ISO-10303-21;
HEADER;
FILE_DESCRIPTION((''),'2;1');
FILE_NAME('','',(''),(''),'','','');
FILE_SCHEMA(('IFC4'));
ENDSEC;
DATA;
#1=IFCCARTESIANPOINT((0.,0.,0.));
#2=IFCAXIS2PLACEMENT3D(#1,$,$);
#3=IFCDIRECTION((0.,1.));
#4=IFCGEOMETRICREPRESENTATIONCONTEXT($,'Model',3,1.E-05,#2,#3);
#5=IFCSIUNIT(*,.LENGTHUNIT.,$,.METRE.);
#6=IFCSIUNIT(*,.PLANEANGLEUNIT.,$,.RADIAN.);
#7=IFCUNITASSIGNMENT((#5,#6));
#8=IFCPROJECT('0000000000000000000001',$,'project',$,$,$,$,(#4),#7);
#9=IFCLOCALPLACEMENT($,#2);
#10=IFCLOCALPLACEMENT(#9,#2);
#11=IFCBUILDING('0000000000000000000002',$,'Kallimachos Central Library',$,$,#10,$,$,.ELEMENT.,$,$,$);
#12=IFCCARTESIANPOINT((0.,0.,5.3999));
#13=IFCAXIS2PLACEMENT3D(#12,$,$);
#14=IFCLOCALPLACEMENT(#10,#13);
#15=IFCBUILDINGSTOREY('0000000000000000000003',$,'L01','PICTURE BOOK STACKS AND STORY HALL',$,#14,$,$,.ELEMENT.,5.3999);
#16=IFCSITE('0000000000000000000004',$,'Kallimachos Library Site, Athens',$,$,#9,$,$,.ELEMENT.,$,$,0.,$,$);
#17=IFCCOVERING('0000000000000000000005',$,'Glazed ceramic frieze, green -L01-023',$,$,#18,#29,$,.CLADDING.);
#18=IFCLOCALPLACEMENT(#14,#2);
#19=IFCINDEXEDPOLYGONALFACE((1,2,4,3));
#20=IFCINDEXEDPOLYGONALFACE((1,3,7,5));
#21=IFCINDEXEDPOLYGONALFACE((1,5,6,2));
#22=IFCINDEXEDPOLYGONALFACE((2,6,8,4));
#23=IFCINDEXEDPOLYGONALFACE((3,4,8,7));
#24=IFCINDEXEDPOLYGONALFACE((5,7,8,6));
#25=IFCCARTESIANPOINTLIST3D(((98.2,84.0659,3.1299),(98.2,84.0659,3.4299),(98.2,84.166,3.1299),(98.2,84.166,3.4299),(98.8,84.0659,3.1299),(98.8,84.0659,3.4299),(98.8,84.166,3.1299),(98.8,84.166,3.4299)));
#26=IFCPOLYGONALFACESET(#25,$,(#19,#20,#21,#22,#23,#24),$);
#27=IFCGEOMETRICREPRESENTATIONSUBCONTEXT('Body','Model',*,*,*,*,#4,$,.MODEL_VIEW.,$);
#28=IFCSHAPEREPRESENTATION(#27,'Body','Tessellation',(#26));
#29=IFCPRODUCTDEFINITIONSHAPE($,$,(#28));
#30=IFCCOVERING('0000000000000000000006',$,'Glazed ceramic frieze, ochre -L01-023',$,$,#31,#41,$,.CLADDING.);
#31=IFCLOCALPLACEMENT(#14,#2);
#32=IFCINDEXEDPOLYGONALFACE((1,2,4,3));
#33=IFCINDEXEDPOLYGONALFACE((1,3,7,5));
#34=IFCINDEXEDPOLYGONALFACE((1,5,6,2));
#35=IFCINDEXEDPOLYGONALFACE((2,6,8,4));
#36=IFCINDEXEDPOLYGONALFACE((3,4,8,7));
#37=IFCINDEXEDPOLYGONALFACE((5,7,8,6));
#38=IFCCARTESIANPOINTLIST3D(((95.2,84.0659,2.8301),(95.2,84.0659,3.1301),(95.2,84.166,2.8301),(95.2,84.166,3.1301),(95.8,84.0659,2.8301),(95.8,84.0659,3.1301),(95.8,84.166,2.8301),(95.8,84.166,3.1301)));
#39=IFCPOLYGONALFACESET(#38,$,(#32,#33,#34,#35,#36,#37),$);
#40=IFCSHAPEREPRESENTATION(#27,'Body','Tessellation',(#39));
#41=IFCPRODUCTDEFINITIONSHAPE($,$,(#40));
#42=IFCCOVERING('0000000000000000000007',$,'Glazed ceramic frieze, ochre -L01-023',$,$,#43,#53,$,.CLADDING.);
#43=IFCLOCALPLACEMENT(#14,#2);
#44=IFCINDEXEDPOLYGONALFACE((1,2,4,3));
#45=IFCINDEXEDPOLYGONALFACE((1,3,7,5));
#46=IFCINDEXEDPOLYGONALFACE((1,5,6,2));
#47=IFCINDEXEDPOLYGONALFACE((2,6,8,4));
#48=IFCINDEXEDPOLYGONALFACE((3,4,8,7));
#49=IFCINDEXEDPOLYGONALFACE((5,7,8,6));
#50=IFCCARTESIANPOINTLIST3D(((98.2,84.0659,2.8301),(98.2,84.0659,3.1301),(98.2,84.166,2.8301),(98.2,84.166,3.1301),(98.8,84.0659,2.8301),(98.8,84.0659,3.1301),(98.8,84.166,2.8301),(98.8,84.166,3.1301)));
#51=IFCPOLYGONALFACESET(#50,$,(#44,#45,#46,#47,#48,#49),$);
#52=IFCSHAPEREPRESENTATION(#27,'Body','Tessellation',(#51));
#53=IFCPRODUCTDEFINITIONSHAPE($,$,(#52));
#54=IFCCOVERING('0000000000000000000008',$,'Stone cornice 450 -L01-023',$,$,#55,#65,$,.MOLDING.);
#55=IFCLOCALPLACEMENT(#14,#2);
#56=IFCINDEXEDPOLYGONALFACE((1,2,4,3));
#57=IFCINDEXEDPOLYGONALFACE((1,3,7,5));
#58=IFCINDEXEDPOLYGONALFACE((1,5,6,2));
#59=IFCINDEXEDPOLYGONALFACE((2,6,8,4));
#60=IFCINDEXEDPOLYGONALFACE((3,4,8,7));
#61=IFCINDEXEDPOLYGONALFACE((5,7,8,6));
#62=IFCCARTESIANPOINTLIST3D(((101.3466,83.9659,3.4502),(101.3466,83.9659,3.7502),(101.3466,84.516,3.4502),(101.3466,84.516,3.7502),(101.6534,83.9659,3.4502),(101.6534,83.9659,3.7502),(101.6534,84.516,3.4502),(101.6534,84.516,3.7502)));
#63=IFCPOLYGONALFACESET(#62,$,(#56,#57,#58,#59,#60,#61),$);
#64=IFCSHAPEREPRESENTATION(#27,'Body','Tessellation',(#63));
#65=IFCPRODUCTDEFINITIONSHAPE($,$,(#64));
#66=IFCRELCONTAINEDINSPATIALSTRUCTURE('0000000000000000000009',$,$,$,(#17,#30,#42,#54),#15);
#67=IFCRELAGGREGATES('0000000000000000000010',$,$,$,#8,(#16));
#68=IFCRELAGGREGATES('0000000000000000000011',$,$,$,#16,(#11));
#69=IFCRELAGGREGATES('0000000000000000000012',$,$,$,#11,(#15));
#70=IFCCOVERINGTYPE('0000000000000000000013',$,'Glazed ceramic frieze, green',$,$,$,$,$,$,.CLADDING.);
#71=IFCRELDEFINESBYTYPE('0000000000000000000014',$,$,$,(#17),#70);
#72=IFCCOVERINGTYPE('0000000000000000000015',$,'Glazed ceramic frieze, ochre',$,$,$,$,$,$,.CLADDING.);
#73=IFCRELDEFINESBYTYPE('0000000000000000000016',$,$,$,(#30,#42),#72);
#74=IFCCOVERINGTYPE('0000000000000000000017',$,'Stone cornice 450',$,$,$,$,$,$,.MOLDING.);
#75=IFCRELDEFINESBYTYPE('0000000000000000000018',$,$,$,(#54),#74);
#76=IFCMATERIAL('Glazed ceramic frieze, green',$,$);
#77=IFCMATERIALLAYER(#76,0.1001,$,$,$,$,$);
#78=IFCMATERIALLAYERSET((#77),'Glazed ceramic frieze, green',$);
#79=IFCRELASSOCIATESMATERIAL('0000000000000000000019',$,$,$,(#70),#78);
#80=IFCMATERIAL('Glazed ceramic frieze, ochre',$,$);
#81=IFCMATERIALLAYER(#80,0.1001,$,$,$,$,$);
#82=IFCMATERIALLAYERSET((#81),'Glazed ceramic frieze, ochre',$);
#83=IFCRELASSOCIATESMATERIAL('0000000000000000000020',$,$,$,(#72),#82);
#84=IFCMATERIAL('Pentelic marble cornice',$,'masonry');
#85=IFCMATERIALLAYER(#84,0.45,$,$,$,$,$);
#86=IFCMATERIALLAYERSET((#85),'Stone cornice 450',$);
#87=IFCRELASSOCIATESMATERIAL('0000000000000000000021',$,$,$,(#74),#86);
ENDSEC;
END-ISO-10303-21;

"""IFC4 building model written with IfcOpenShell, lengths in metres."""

from ifc_helpers import new_model, si_unit, direction, frame, origin, origin_2d, place, context, subcontext, project, spatial, rectangle, extrude, material, layer, layer_set, type_object, element, save


model = new_model("IFC4")

# Units and contexts
model_context = context("Model", 3, precision=1e-05, world=origin(), true_north=direction((0.0, 1.0)))
body_context = subcontext(model_context, "Body", "Model", "MODEL_VIEW")
ifc_project = project(units=[si_unit("LENGTHUNIT", "METRE"), si_unit("PLANEANGLEUNIT", "RADIAN")], contexts=[model_context])

# Site, building, storey
site_placement = place(None, origin())
site = spatial("IfcSite", under=ifc_project, at=site_placement, Name="Kallimachos Library Site, Athens", CompositionType="ELEMENT", RefElevation=0.0)
building_placement = place(site_placement, origin())
building = spatial("IfcBuilding", under=site, at=building_placement, Name="Kallimachos Central Library", CompositionType="ELEMENT")
storey_placement = place(building_placement, frame((0.0, 0.0, 5.3999)))
storey = spatial("IfcBuildingStorey", under=building, at=storey_placement, Name="L01", Description="PICTURE BOOK STACKS AND STORY HALL", CompositionType="ELEMENT", Elevation=5.3999)

# Coverings
ifc_material_1 = material(Name="Glazed ceramic frieze, green")
ifc_layer_1 = layer(ifc_material_1, 0.1001)
ifc_layer_set_1 = layer_set([ifc_layer_1], Name="Glazed ceramic frieze, green")
covering_type_1 = type_object("IfcCoveringType", Name="Glazed ceramic frieze, green", PredefinedType="CLADDING", material=ifc_layer_set_1)
for number, where, z_axis, x_axis, name in (
    (1, (98.5, 84.116, 3.1299), (0.0, 0.0, 1.0), (1.0, 0.0, 0.0), "Glazed ceramic frieze, green -L01-023"),
):
    element("IfcCovering", number, at=place(storey_placement, frame(where, z_axis=z_axis, x_axis=x_axis)), inside=storey, type_object=covering_type_1, Name=name, PredefinedType="CLADDING", context=body_context, shape_type="SweptSolid", body=[
        extrude(rectangle(XDim=0.6001, YDim=0.1001, at=origin_2d()), origin(), (0.0, 0.0, 1.0), 0.3),
    ])
ifc_material_2 = material(Name="Glazed ceramic frieze, ochre")
ifc_layer_2 = layer(ifc_material_2, 0.1001)
ifc_layer_set_2 = layer_set([ifc_layer_2], Name="Glazed ceramic frieze, ochre")
covering_type_2 = type_object("IfcCoveringType", Name="Glazed ceramic frieze, ochre", PredefinedType="CLADDING", material=ifc_layer_set_2)
for number, where, z_axis, x_axis, name in (
    (2, (95.5, 84.116, 2.8301), (0.0, 0.0, 1.0), (1.0, 0.0, 0.0), "Glazed ceramic frieze, ochre -L01-023"),
    (3, (98.5, 84.116, 2.8301), (0.0, 0.0, 1.0), (1.0, 0.0, 0.0), "Glazed ceramic frieze, ochre -L01-023"),
):
    element("IfcCovering", number, at=place(storey_placement, frame(where, z_axis=z_axis, x_axis=x_axis)), inside=storey, type_object=covering_type_2, Name=name, PredefinedType="CLADDING", context=body_context, shape_type="SweptSolid", body=[
        extrude(rectangle(XDim=0.6001, YDim=0.1001, at=origin_2d()), origin(), (0.0, 0.0, 1.0), 0.3),
    ])
ifc_material_3 = material(Name="Pentelic marble cornice", Category="masonry")
ifc_layer_3 = layer(ifc_material_3, 0.45)
ifc_layer_set_3 = layer_set([ifc_layer_3], Name="Stone cornice 450")
covering_type_3 = type_object("IfcCoveringType", Name="Stone cornice 450", PredefinedType="MOLDING", material=ifc_layer_set_3)
covering_placement = place(storey_placement, frame((101.5, 84.241, 3.4502), z_axis=(0.0, 0.0, 1.0), x_axis=(1.0, 0.0, 0.0)))
element("IfcCovering", 4, at=covering_placement, inside=storey, type_object=covering_type_3, Name="Stone cornice 450 -L01-023", PredefinedType="MOLDING", context=body_context, shape_type="SweptSolid", body=[
    extrude(rectangle(XDim=0.3069, YDim=0.55, at=origin_2d()), origin(), (0.0, 0.0, 1.0), 0.3),
])

save(model, "model.ifc")
